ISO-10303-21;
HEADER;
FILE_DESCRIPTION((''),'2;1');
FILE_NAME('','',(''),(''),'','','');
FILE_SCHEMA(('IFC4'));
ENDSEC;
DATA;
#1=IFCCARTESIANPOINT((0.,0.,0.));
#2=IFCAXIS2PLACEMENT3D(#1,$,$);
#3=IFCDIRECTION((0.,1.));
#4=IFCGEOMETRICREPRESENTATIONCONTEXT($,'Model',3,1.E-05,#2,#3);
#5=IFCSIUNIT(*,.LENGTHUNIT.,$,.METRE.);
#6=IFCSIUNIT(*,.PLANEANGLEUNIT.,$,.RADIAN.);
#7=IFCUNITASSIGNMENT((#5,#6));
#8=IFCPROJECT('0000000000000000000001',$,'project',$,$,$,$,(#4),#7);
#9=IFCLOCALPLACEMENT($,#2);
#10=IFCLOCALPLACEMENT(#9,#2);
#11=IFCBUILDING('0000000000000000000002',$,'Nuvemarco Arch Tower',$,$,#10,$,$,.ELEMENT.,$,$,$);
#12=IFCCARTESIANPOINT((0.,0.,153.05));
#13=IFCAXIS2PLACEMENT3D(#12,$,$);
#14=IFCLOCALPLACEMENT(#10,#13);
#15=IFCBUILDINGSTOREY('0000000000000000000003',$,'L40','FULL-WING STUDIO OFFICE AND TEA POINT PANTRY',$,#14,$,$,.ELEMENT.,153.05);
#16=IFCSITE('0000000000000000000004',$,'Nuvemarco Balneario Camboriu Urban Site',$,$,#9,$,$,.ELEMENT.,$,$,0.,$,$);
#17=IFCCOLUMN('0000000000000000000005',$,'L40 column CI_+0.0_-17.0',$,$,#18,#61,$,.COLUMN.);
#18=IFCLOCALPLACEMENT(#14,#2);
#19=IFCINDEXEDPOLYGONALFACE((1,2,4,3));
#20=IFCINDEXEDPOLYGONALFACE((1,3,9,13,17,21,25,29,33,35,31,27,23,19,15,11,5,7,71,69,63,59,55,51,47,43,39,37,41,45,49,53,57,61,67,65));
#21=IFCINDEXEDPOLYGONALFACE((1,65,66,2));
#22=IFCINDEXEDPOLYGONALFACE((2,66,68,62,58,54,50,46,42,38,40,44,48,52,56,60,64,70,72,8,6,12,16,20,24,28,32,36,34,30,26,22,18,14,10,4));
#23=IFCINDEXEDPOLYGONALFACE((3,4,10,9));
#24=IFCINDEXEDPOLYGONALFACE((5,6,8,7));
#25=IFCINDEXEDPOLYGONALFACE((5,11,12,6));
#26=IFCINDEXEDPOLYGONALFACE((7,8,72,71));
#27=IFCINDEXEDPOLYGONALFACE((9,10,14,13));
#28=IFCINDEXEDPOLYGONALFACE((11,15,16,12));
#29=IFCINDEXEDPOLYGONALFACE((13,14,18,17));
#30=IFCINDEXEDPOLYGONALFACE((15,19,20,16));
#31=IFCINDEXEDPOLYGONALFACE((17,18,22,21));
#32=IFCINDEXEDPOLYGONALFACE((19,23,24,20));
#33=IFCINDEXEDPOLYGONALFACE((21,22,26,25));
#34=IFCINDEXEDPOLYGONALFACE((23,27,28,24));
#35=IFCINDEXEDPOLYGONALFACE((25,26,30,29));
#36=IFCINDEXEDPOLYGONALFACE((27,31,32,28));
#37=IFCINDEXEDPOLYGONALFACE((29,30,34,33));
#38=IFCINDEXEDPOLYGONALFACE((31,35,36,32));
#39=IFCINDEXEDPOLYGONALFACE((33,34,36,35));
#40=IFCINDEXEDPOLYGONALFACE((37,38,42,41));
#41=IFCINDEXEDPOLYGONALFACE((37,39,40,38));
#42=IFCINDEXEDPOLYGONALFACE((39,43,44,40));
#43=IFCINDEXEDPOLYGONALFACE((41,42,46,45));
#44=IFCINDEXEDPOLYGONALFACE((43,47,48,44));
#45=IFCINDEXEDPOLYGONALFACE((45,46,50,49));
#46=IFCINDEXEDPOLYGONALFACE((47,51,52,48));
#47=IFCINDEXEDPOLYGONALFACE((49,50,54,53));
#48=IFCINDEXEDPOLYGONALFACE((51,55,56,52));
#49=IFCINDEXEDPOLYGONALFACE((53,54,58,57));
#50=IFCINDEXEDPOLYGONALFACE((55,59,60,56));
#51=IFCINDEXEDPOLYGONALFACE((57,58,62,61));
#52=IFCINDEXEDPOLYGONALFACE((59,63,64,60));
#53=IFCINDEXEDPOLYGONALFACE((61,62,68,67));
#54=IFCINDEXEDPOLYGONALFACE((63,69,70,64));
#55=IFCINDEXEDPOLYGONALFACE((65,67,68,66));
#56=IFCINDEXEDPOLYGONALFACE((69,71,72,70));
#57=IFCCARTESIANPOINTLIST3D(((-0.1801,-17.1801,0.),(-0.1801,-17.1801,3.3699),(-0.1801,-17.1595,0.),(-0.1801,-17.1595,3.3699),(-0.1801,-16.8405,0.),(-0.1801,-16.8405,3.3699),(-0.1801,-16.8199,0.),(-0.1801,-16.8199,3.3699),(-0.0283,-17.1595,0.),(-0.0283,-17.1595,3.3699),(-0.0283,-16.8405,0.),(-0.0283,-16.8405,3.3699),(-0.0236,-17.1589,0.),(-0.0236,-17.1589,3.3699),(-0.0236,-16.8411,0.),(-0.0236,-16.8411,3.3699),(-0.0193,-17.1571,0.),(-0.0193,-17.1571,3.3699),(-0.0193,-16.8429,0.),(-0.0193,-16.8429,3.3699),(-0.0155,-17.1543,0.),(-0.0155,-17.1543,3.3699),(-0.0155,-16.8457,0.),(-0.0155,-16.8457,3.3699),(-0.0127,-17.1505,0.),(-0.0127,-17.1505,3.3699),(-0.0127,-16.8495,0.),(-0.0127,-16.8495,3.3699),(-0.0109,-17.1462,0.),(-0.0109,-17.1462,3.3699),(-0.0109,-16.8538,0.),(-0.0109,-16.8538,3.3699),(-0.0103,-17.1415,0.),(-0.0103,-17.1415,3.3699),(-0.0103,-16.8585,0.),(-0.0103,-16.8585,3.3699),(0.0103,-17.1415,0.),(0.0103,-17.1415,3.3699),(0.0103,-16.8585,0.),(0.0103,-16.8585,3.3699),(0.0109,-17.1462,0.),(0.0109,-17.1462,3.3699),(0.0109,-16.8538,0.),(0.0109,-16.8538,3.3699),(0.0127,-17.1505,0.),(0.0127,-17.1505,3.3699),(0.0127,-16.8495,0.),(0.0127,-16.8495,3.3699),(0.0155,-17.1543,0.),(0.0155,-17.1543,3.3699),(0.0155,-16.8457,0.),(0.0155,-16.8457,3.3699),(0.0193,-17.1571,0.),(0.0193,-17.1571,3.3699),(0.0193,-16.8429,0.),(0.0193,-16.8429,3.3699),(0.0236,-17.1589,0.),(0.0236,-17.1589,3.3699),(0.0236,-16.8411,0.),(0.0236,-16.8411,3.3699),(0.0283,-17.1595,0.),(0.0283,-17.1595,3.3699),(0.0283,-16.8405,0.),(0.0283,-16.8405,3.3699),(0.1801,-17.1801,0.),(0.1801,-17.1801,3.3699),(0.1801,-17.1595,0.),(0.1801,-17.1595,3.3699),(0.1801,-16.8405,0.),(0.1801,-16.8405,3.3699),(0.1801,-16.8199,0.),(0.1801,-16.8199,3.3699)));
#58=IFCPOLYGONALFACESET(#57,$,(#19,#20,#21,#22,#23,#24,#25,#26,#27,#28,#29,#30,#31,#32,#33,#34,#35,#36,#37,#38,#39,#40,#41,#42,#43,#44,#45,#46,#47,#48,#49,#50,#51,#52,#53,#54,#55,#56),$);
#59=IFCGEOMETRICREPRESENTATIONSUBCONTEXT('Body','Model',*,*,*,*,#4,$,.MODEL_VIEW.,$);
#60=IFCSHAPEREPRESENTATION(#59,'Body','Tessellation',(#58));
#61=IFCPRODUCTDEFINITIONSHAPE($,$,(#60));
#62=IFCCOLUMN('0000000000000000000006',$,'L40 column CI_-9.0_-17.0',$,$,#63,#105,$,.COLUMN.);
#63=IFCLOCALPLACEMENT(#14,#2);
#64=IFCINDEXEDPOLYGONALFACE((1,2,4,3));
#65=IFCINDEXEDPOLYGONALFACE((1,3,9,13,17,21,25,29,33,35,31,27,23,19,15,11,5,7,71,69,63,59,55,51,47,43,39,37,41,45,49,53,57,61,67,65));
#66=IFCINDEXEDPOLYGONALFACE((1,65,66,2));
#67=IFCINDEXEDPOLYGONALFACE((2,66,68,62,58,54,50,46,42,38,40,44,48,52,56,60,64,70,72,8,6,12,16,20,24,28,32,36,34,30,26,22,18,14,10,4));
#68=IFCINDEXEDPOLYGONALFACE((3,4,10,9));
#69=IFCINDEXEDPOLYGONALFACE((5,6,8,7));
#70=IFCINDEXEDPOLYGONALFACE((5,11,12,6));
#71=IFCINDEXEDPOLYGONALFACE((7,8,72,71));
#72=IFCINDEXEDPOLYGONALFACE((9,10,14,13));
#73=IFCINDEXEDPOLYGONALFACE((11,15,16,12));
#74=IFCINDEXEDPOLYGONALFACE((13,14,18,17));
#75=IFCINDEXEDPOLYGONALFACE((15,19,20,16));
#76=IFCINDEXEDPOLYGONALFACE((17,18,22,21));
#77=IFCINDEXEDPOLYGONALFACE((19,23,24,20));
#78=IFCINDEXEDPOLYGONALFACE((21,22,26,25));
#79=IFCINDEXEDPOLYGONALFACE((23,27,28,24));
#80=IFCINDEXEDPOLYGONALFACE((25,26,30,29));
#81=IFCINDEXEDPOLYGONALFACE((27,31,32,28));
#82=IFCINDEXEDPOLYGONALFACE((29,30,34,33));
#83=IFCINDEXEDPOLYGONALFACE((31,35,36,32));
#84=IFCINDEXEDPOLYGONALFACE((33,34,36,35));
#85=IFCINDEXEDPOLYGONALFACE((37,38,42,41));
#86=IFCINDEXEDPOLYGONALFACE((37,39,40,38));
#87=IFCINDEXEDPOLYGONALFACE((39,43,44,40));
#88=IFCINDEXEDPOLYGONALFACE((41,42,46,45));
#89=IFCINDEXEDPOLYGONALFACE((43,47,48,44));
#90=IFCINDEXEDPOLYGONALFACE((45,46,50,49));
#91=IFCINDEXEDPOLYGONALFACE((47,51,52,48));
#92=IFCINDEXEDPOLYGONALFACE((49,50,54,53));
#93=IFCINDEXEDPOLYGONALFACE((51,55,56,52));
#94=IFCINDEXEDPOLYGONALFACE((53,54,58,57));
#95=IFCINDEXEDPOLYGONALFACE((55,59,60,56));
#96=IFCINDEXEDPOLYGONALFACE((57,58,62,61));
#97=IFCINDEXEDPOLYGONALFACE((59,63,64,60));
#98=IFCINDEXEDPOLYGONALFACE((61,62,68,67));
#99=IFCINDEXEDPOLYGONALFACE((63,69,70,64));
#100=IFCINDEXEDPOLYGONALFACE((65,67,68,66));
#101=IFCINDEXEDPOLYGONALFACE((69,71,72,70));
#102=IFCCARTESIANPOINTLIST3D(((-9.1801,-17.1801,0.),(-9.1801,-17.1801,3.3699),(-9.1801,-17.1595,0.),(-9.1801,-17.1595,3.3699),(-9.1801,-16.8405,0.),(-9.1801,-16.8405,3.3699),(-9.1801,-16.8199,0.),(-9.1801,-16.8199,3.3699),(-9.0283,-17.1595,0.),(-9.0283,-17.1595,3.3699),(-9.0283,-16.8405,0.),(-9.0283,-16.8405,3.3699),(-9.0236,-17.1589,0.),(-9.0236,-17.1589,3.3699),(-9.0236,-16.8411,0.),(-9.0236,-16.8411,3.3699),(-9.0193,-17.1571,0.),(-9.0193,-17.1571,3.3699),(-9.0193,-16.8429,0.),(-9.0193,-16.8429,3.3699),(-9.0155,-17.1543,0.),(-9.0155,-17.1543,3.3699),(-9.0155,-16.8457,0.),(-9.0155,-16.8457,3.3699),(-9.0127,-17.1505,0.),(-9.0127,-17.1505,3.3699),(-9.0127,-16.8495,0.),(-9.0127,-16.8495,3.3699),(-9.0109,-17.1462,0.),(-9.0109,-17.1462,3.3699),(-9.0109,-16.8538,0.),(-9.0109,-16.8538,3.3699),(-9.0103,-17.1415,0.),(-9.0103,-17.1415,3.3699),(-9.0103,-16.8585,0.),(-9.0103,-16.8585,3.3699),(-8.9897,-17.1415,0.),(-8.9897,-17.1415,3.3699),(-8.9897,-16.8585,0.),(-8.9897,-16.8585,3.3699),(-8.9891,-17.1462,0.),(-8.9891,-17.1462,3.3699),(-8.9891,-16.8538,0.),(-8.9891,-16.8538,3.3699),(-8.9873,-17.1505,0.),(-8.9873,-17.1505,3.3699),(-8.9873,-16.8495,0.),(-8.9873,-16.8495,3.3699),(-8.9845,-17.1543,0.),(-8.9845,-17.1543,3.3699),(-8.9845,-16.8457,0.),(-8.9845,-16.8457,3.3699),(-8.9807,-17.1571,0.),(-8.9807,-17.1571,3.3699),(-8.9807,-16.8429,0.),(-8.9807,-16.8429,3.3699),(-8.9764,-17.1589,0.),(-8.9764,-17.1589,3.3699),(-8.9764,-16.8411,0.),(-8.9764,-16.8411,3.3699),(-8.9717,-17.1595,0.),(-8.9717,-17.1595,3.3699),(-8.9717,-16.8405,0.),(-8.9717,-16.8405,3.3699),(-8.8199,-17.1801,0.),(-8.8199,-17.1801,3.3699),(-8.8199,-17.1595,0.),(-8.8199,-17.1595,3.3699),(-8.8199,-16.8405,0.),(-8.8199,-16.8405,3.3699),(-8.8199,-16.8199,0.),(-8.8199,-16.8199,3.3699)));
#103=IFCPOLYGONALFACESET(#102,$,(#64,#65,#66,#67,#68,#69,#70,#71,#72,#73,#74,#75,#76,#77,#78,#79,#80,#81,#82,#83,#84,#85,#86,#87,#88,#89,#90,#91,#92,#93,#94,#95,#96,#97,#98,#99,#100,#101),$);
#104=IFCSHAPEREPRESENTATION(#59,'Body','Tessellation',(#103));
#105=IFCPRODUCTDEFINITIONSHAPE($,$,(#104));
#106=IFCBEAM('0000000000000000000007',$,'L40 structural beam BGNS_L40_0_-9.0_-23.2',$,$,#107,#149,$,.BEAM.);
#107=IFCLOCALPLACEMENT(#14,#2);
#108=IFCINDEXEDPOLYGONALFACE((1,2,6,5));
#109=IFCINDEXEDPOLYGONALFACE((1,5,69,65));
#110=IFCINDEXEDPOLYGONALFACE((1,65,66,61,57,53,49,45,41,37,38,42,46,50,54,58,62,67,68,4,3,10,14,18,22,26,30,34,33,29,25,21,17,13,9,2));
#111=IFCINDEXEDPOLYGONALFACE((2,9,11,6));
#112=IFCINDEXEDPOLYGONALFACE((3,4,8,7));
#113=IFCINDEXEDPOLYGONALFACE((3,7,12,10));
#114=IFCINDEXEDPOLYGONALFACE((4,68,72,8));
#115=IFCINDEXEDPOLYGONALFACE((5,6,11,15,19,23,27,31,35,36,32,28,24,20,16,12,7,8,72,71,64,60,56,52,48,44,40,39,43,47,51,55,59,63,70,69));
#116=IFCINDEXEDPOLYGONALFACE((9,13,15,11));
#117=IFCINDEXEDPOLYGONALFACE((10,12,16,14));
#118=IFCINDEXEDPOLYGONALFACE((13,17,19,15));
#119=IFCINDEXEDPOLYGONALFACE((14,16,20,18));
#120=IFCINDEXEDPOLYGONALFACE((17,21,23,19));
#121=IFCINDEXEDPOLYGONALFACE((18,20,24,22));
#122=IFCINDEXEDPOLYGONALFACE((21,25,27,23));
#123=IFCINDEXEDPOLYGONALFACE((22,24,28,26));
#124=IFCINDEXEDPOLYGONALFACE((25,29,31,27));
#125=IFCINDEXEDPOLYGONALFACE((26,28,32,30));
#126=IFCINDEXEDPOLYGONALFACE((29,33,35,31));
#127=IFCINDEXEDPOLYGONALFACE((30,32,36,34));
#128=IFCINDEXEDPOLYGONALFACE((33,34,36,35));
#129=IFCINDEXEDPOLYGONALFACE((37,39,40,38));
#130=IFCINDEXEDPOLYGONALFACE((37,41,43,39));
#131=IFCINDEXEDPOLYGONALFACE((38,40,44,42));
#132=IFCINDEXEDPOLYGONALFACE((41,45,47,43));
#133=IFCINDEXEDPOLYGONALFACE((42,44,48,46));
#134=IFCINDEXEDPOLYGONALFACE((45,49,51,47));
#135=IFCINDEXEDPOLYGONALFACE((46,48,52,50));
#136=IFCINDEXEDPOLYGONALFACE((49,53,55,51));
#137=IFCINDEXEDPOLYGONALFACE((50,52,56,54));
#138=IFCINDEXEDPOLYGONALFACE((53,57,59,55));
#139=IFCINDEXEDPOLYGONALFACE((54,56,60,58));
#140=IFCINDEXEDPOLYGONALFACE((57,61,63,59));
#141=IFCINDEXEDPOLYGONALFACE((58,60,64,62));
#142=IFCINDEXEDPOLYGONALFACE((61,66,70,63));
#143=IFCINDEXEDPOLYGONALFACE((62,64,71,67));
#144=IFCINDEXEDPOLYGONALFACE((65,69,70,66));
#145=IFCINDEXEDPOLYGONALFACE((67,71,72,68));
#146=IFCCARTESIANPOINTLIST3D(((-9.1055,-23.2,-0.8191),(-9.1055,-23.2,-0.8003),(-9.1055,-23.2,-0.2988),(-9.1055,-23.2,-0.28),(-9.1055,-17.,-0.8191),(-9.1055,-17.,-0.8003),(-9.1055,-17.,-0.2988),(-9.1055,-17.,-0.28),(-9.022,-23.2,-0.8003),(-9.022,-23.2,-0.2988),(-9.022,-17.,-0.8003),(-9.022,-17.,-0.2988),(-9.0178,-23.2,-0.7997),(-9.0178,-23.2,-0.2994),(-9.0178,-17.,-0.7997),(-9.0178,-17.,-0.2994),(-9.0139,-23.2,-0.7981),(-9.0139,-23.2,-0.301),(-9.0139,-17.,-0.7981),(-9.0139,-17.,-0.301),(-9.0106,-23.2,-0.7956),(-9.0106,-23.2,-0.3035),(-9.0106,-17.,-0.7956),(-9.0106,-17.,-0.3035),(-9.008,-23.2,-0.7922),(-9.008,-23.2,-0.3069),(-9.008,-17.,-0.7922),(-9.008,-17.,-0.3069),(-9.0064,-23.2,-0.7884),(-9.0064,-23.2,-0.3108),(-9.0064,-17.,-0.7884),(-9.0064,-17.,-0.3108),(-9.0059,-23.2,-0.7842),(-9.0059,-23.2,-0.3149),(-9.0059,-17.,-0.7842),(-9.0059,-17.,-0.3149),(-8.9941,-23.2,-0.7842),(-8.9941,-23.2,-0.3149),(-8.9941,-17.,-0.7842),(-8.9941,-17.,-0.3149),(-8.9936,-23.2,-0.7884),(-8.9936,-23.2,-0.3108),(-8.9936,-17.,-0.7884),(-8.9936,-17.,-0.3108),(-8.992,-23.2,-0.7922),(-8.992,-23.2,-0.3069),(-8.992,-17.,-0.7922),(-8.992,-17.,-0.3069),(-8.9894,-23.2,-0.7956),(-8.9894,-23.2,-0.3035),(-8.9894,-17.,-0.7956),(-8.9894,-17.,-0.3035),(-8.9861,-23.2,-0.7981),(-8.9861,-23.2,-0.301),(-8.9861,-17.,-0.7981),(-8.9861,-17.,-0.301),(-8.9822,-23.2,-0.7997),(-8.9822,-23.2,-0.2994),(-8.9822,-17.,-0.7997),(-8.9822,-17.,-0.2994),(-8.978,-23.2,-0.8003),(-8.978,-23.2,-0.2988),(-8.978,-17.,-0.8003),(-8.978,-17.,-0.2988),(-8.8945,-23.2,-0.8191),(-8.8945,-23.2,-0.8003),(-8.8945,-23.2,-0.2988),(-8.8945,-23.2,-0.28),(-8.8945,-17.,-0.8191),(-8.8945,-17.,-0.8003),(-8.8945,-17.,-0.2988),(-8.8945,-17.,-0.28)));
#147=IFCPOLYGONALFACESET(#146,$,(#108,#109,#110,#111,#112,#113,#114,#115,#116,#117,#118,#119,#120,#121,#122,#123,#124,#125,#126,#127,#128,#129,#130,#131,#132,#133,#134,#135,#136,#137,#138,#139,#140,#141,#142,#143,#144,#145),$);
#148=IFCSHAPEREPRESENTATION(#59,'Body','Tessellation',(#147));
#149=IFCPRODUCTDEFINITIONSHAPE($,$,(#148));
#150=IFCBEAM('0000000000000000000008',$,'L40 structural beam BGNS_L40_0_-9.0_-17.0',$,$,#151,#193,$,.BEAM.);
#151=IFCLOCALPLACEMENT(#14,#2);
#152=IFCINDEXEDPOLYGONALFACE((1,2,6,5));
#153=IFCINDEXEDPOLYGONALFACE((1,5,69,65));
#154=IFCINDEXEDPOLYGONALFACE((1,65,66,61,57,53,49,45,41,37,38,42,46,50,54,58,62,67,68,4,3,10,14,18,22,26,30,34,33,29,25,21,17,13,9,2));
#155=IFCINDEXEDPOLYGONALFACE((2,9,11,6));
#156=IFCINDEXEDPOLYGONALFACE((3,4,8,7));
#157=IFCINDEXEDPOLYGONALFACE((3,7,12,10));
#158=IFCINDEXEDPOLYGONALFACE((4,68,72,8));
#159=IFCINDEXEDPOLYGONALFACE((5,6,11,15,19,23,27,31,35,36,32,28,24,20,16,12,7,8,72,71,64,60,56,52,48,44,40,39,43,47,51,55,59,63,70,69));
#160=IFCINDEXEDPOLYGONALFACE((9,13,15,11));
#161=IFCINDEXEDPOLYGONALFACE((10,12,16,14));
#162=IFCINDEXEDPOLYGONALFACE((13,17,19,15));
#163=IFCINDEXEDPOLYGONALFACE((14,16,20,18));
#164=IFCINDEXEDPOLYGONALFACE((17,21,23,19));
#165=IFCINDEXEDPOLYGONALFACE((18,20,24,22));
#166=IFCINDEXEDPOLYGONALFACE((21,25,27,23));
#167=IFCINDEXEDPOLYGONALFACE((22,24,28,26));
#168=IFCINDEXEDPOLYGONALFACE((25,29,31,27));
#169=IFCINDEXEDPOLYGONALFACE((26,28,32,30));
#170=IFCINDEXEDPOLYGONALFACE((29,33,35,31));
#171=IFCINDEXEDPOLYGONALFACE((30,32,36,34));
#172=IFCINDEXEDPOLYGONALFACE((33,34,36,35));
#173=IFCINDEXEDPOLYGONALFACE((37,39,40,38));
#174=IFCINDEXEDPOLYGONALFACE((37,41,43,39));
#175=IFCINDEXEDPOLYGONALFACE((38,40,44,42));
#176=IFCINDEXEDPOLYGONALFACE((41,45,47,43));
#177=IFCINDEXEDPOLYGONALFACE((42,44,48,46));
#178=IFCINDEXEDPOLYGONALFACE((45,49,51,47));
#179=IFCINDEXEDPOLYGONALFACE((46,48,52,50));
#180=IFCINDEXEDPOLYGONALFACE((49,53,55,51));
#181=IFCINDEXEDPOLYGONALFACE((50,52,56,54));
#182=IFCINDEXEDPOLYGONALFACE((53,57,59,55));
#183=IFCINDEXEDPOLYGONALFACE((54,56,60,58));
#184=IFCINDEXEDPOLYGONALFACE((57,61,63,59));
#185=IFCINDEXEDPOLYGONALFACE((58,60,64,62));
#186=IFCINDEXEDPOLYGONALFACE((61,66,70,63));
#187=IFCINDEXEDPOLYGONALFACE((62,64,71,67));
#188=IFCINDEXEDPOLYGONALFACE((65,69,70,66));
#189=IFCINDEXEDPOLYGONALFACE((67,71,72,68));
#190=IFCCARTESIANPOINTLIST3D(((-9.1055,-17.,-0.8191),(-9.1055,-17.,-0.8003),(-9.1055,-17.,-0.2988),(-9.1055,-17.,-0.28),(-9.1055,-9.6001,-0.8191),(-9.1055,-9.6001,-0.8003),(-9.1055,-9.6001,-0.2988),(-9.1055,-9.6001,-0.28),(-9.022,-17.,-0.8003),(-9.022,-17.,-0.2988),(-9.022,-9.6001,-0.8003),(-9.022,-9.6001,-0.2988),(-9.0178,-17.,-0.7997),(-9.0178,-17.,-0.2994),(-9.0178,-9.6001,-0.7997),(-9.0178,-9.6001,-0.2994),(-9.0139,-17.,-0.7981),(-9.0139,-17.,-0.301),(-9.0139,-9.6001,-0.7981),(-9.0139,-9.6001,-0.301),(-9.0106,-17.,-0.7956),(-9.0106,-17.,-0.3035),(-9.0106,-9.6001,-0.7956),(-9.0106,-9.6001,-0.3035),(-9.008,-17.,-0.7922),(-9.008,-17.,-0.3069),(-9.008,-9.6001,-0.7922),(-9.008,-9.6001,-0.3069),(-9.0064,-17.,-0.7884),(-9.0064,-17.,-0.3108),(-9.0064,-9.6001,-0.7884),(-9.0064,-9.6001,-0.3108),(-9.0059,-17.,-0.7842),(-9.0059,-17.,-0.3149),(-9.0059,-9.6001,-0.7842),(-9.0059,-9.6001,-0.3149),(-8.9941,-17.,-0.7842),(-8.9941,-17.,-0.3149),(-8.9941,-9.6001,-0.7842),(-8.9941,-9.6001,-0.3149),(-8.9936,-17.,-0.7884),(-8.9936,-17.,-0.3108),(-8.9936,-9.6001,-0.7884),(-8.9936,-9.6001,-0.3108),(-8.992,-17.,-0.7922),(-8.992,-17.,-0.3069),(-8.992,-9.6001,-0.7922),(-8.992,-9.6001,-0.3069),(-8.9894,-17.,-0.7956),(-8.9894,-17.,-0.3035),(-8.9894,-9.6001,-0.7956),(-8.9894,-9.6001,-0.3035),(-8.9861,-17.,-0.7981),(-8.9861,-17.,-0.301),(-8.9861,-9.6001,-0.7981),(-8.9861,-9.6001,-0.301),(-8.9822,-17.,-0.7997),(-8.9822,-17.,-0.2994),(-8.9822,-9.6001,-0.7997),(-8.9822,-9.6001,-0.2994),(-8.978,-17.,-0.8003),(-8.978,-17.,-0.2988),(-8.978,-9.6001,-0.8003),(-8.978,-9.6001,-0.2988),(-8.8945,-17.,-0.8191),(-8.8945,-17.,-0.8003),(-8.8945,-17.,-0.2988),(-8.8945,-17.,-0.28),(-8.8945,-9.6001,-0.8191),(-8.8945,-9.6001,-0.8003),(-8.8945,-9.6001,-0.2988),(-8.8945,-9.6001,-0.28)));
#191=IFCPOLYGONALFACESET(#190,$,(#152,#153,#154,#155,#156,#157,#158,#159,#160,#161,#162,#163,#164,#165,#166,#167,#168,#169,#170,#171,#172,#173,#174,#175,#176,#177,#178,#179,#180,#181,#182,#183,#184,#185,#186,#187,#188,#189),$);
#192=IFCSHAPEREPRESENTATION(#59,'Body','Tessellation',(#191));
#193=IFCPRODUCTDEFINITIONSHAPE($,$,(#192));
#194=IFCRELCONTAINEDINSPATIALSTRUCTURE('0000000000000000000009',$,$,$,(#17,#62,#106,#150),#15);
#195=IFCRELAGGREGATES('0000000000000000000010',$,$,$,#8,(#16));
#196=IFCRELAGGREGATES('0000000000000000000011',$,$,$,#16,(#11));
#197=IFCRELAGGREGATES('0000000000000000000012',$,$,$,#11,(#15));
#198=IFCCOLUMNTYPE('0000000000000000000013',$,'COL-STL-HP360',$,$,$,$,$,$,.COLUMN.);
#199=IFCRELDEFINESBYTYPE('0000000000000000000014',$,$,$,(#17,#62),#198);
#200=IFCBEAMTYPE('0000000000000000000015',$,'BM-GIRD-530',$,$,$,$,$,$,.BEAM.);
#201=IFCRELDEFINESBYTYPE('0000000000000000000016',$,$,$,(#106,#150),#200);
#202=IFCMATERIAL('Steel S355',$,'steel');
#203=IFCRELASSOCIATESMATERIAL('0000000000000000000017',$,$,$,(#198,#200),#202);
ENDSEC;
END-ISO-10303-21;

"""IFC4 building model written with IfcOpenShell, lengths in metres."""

from ifc_helpers import new_model, si_unit, direction, frame, origin, origin_2d, place, context, subcontext, project, spatial, i_section, extrude, material, material_profile, profile_set, type_object, element, save


model = new_model("IFC4")

# Units and contexts
model_context = context("Model", 3, precision=1e-05, world=origin(), true_north=direction((0.0, 1.0)))
body_context = subcontext(model_context, "Body", "Model", "MODEL_VIEW")
ifc_project = project(units=[si_unit("LENGTHUNIT", "METRE"), si_unit("PLANEANGLEUNIT", "RADIAN")], contexts=[model_context])

# Site, building, storey
site_placement = place(None, origin())
site = spatial("IfcSite", under=ifc_project, at=site_placement, Name="Nuvemarco Balneario Camboriu Urban Site", CompositionType="ELEMENT", RefElevation=0.0)
building_placement = place(site_placement, origin())
building = spatial("IfcBuilding", under=site, at=building_placement, Name="Nuvemarco Arch Tower", CompositionType="ELEMENT")
storey_placement = place(building_placement, frame((0.0, 0.0, 153.05)))
storey = spatial("IfcBuildingStorey", under=building, at=storey_placement, Name="L40", Description="FULL-WING STUDIO OFFICE AND TEA POINT PANTRY", CompositionType="ELEMENT", Elevation=153.05)

# Columns
ifc_material_1 = material(Name="Steel S355", Category="steel")
ifc_material_profile_1 = material_profile(ifc_material_1, i_section(OverallWidth=0.3601, OverallDepth=0.3601, WebThickness=0.0205, FlangeThickness=0.0205, FilletRadius=0.0181, at=origin_2d()), Name="HP360x174")
ifc_profile_set_1 = profile_set([ifc_material_profile_1], Name="Steel S355")
column_type_1 = type_object("IfcColumnType", Name="COL-STL-HP360", PredefinedType="COLUMN", material=ifc_profile_set_1)
for number, where, z_axis, x_axis, name in (
    (1, (0.0, -17.0, 0.0), (0.0, 0.0, 1.0), (1.0, 0.0, 0.0), "L40 column CI_+0.0_-17.0"),
    (2, (-9.0, -17.0, 0.0), (0.0, 0.0, 1.0), (1.0, 0.0, 0.0), "L40 column CI_-9.0_-17.0"),
):
    element("IfcColumn", number, at=place(storey_placement, frame(where, z_axis=z_axis, x_axis=x_axis)), inside=storey, type_object=column_type_1, Name=name, PredefinedType="COLUMN", context=body_context, shape_type="SweptSolid", body=[
        extrude(i_section(OverallWidth=0.3601, OverallDepth=0.3601, WebThickness=0.0205, FlangeThickness=0.0205, FilletRadius=0.0181, at=origin_2d()), origin(), (0.0, 0.0, 1.0), 3.3699),
    ])

# Beams
ifc_material_profile_2 = material_profile(ifc_material_1, i_section(OverallWidth=0.2109, OverallDepth=0.5391, WebThickness=0.0117, FlangeThickness=0.0188, FilletRadius=0.0161, at=origin_2d()), Name="W530x109")
ifc_profile_set_2 = profile_set([ifc_material_profile_2], Name="Steel S355")
beam_type_1 = type_object("IfcBeamType", Name="BM-GIRD-530", PredefinedType="BEAM", material=ifc_profile_set_2)
beam_1_placement = place(storey_placement, frame((-9.0, -23.2, -0.5496), z_axis=(0.0, 1.0, 0.0), x_axis=(-1.0, 0.0, 0.0)))
element("IfcBeam", 3, at=beam_1_placement, inside=storey, type_object=beam_type_1, Name="L40 structural beam BGNS_L40_0_-9.0_-23.2", PredefinedType="BEAM", context=body_context, shape_type="SweptSolid", body=[
    extrude(i_section(OverallWidth=0.2109, OverallDepth=0.5391, WebThickness=0.0117, FlangeThickness=0.0188, FilletRadius=0.0161, at=origin_2d()), origin(), (0.0, 0.0, 1.0), 6.2),
])
beam_2_placement = place(storey_placement, frame((-9.0, -17.0, -0.5496), z_axis=(0.0, 1.0, 0.0), x_axis=(-1.0, 0.0, 0.0)))
element("IfcBeam", 4, at=beam_2_placement, inside=storey, type_object=beam_type_1, Name="L40 structural beam BGNS_L40_0_-9.0_-17.0", PredefinedType="BEAM", context=body_context, shape_type="SweptSolid", body=[
    extrude(i_section(OverallWidth=0.2109, OverallDepth=0.5391, WebThickness=0.0117, FlangeThickness=0.0188, FilletRadius=0.0161, at=origin_2d()), origin(), (0.0, 0.0, 1.0), 7.3999),
])

save(model, "model.ifc")
